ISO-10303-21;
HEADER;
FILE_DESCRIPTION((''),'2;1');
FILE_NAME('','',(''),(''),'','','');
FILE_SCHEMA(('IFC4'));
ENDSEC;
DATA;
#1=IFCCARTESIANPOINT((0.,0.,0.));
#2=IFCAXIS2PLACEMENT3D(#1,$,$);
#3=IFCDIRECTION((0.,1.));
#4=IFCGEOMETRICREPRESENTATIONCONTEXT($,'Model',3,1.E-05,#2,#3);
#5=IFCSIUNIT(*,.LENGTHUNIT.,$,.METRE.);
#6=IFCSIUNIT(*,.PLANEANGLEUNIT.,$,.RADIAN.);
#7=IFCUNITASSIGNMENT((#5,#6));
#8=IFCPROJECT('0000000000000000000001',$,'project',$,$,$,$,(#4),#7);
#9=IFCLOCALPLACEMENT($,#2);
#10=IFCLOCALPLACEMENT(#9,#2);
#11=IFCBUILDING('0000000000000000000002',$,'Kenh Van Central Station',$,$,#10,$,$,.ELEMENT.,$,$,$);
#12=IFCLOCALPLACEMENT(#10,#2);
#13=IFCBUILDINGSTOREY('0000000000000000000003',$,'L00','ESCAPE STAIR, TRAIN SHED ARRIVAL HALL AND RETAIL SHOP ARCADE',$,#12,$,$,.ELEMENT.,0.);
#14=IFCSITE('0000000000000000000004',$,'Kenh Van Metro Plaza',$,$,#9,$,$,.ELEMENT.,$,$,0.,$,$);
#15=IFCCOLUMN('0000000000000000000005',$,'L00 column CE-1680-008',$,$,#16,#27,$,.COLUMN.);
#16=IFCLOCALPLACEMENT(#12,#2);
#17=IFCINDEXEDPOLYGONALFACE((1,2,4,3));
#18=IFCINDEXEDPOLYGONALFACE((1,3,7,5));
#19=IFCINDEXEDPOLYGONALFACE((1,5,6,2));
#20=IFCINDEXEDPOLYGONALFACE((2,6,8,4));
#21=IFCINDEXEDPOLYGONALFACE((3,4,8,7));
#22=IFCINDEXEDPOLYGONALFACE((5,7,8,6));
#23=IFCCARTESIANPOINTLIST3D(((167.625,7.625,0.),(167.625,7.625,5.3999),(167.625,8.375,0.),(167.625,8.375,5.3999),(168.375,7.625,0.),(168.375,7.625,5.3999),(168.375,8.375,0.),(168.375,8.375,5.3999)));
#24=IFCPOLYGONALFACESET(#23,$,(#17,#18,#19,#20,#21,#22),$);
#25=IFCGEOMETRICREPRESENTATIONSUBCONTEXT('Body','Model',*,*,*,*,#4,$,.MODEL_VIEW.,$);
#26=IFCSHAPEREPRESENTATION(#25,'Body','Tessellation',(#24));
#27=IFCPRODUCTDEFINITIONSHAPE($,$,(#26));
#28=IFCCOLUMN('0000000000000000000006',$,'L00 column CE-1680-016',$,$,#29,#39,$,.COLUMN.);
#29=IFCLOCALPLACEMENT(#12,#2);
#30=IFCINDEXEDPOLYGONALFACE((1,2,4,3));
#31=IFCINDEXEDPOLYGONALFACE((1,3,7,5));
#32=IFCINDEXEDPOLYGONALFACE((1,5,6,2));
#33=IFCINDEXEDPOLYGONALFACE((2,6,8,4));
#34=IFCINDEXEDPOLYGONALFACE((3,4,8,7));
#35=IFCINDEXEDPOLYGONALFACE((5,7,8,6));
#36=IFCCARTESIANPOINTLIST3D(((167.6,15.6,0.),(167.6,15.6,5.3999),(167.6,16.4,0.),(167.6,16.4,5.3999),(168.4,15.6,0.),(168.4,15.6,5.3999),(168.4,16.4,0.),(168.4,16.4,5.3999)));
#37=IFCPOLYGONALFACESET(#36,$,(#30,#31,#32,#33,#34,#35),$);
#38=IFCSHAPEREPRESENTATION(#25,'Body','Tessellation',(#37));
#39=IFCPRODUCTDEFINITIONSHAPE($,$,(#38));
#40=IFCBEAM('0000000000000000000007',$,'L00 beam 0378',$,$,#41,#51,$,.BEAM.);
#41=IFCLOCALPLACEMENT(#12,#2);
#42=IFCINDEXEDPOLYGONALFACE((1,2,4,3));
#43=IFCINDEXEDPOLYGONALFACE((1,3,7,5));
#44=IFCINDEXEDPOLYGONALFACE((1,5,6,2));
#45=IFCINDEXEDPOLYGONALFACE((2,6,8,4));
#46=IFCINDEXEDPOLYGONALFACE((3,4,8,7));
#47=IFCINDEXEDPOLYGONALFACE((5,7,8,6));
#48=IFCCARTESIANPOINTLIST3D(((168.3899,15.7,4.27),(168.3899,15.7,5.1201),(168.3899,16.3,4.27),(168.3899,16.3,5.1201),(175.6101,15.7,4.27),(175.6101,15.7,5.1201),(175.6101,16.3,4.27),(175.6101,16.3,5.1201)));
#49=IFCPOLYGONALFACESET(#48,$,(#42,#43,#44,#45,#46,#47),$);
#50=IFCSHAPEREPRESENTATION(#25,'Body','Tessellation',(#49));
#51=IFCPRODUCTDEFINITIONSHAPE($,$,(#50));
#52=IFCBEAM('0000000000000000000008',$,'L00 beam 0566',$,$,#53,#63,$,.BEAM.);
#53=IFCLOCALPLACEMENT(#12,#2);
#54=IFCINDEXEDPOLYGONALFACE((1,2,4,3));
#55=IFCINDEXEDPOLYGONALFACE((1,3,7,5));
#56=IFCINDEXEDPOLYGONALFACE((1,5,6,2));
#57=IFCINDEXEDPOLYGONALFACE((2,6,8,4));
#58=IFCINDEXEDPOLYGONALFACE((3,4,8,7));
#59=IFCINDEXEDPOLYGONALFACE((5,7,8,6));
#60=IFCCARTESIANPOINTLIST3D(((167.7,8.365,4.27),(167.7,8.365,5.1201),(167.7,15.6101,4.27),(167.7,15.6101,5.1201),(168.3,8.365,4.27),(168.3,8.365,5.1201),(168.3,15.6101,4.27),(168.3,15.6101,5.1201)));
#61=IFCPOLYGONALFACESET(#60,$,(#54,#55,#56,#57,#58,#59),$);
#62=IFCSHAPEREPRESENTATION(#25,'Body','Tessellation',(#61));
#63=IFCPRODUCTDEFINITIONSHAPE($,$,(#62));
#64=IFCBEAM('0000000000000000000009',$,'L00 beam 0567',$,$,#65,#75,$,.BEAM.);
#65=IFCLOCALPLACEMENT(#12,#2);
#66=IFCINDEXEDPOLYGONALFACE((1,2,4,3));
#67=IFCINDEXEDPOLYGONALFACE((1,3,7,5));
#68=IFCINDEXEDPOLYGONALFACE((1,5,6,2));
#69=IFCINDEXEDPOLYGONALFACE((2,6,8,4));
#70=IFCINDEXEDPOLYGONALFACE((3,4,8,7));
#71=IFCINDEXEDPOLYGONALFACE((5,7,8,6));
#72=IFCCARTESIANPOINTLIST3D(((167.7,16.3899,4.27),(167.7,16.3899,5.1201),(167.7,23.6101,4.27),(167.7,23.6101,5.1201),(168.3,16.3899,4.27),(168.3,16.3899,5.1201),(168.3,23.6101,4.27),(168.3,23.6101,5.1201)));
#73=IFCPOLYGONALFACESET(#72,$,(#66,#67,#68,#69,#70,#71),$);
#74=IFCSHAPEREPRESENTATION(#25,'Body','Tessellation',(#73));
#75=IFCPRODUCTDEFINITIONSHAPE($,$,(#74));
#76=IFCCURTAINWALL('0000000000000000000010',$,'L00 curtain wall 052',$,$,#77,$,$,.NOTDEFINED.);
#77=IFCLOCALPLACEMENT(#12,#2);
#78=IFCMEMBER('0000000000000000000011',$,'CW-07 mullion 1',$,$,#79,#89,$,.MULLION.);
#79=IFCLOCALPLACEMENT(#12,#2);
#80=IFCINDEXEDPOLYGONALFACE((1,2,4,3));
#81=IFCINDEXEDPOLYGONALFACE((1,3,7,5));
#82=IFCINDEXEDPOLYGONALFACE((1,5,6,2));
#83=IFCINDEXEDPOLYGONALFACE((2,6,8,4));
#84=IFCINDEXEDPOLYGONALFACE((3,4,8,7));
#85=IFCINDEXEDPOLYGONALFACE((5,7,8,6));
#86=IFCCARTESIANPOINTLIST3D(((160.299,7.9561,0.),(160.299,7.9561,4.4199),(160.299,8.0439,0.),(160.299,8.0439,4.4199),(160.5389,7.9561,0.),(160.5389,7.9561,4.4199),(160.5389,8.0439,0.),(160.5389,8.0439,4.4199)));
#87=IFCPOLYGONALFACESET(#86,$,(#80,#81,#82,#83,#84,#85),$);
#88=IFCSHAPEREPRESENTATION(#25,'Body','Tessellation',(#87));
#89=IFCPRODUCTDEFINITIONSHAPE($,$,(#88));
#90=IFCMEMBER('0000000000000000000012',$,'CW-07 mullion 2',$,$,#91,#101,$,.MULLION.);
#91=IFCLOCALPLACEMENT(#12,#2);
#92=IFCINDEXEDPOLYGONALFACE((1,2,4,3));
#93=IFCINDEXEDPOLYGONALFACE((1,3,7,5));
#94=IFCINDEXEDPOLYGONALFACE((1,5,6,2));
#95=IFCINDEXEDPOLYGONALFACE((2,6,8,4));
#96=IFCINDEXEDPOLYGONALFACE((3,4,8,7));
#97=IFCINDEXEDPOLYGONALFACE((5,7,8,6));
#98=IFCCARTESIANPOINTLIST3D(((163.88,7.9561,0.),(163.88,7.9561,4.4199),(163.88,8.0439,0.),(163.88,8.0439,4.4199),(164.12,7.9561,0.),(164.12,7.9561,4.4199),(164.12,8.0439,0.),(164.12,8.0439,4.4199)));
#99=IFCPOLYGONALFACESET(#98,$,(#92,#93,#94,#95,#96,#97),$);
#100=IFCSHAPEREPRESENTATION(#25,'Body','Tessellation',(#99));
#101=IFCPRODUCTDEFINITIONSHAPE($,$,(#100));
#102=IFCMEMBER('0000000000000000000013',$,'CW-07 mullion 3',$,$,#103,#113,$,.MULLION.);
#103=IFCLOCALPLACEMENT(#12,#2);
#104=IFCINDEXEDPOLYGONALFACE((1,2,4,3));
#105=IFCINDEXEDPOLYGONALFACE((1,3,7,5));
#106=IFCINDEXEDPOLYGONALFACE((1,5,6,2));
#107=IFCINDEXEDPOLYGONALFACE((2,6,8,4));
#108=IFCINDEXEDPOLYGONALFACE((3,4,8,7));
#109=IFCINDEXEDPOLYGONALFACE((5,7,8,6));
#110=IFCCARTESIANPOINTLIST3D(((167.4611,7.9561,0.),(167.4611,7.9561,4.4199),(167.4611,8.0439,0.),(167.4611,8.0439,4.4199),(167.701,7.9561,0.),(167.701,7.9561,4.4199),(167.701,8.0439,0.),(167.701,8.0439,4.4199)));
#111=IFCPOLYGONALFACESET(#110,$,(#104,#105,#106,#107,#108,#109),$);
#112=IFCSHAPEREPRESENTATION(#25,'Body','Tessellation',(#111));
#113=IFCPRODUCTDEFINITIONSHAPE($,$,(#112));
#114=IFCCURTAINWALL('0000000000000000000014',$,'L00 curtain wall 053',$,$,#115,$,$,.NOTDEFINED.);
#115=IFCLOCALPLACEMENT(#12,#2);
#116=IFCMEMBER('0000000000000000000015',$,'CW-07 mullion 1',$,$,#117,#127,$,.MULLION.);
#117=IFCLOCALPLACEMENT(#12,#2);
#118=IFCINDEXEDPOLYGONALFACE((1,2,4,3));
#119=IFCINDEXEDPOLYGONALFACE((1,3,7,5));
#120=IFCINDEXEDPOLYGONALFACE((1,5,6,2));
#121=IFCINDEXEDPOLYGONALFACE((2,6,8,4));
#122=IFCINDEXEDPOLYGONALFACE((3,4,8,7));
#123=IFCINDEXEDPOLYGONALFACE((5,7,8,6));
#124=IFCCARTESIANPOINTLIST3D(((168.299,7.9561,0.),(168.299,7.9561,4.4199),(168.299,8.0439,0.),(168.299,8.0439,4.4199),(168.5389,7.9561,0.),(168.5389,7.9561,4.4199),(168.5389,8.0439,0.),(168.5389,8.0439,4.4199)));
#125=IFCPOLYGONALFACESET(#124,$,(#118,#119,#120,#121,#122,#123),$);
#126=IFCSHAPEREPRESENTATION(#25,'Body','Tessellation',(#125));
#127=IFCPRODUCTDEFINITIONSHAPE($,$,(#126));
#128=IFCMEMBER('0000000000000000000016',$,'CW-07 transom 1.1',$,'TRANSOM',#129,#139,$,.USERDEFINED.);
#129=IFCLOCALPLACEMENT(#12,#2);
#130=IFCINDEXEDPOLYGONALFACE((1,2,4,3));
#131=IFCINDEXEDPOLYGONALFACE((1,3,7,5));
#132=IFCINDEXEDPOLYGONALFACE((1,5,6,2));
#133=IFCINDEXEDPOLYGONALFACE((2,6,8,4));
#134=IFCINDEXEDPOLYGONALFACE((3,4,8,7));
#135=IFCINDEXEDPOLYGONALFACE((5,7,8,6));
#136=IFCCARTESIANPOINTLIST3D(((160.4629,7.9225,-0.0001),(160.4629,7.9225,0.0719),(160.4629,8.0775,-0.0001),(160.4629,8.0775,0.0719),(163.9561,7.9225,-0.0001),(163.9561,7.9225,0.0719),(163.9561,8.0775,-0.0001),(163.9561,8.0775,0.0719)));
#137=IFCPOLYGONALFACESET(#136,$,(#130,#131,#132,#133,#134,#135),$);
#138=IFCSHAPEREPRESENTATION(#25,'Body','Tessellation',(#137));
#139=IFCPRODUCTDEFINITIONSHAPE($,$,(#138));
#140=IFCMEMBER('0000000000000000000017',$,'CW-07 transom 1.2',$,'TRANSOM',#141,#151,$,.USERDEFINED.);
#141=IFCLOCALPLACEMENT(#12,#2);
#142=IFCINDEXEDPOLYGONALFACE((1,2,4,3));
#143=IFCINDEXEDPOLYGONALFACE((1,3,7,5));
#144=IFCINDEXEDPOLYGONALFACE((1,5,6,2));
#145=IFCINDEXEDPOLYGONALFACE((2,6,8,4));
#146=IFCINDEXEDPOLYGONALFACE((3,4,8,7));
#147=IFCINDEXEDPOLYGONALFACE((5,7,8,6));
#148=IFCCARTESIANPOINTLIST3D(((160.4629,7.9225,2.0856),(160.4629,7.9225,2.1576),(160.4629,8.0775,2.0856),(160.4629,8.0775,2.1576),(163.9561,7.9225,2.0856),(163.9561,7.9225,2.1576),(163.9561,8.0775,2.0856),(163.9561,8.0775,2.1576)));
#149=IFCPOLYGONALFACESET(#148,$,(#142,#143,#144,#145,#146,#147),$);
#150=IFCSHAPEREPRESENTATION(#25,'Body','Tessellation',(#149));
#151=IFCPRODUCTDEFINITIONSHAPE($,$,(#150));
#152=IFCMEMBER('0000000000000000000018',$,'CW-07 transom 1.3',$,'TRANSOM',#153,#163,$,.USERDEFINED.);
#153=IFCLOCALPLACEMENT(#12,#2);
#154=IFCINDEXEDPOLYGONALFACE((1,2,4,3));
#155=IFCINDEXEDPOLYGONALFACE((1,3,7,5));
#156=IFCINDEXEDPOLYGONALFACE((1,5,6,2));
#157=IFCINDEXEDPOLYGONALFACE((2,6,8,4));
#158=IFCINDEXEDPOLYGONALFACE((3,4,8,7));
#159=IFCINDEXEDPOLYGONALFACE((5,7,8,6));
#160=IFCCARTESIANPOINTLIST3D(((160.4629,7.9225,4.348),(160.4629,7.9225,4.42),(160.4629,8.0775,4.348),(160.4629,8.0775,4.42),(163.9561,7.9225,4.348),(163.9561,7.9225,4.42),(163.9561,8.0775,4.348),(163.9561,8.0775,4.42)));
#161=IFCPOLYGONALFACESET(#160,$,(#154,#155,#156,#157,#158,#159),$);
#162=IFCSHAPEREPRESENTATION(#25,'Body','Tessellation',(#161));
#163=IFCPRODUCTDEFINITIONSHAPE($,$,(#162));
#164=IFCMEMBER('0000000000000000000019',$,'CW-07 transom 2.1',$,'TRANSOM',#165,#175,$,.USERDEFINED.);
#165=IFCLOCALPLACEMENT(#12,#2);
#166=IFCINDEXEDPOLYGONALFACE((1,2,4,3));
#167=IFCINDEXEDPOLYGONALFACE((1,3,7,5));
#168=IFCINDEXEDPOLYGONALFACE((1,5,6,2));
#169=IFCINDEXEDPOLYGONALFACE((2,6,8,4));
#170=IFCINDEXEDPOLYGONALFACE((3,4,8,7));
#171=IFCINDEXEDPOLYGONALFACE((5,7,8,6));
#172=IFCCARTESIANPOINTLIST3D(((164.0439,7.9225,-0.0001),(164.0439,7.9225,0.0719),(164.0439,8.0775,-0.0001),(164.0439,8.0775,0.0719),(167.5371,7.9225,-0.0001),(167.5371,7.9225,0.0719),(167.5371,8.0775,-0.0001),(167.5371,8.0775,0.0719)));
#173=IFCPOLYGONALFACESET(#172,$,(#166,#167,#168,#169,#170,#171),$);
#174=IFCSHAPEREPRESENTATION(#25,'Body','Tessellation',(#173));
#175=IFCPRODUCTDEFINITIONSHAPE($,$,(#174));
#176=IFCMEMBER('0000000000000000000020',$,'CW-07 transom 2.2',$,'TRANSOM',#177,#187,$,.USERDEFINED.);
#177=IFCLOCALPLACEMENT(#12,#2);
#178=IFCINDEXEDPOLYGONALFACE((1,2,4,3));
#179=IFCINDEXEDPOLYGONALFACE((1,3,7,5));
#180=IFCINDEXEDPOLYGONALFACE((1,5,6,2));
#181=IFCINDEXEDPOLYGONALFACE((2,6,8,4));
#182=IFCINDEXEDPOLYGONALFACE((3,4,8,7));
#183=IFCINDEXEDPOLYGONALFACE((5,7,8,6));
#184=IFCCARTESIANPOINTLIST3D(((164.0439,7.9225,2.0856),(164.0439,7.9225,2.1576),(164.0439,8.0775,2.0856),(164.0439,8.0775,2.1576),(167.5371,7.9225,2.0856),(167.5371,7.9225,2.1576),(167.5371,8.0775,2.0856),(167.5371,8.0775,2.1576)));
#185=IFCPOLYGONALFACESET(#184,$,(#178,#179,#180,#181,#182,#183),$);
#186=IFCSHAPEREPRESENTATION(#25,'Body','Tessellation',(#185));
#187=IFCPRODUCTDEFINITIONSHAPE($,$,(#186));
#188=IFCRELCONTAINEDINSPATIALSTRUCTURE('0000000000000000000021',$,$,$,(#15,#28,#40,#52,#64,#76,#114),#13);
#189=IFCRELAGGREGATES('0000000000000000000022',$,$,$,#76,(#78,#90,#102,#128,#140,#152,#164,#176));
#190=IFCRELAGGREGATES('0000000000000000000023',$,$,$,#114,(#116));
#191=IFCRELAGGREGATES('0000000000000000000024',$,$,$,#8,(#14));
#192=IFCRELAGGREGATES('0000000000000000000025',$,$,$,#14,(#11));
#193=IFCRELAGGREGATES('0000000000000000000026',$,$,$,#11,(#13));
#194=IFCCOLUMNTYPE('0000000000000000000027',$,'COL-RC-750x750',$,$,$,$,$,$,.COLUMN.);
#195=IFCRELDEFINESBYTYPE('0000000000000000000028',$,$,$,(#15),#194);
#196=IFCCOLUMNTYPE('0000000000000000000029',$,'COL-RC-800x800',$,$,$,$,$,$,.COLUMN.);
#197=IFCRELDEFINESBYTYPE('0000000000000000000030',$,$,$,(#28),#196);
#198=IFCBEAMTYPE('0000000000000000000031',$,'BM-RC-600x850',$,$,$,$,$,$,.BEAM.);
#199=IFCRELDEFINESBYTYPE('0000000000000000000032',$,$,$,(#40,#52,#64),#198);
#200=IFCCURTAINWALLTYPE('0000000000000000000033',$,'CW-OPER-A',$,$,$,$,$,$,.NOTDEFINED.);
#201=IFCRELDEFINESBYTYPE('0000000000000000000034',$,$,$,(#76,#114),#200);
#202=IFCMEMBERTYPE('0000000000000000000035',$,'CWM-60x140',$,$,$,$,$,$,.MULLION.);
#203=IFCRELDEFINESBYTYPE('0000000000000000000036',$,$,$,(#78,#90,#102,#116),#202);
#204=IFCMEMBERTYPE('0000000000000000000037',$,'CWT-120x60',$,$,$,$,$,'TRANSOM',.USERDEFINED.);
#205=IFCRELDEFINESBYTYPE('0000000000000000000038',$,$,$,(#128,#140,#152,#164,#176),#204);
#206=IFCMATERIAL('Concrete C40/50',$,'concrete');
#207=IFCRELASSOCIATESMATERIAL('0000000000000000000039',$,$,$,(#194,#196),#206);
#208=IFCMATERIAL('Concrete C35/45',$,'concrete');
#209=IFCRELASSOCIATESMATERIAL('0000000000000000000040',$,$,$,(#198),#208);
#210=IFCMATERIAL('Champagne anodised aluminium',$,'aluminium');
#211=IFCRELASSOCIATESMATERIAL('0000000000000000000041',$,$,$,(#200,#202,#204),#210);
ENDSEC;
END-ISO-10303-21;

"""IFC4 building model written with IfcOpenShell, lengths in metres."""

from ifc_helpers import new_model, si_unit, direction, frame, origin, origin_2d, place, context, subcontext, project, spatial, rectangle, extrude, material, material_profile, profile_set, type_object, element, aggregate, save


model = new_model("IFC4")

# Units and contexts
model_context = context("Model", 3, precision=1e-05, world=origin(), true_north=direction((0.0, 1.0)))
body_context = subcontext(model_context, "Body", "Model", "MODEL_VIEW")
ifc_project = project(units=[si_unit("LENGTHUNIT", "METRE"), si_unit("PLANEANGLEUNIT", "RADIAN")], contexts=[model_context])

# Site, building, storey
site_placement = place(None, origin())
site = spatial("IfcSite", under=ifc_project, at=site_placement, Name="Kenh Van Metro Plaza", CompositionType="ELEMENT", RefElevation=0.0)
building_placement = place(site_placement, origin())
building = spatial("IfcBuilding", under=site, at=building_placement, Name="Kenh Van Central Station", CompositionType="ELEMENT")
storey_placement = place(building_placement, origin())
storey = spatial("IfcBuildingStorey", under=building, at=storey_placement, Name="L00", Description="ESCAPE STAIR, TRAIN SHED ARRIVAL HALL AND RETAIL SHOP ARCADE", CompositionType="ELEMENT", Elevation=0.0)

# Columns
ifc_material_1 = material(Name="Concrete C40/50", Category="concrete")
ifc_material_profile_1 = material_profile(ifc_material_1, rectangle(XDim=0.75, YDim=0.75, at=origin_2d()), Name="RC 750x750")
ifc_profile_set_1 = profile_set([ifc_material_profile_1], Name="Concrete C40/50")
column_type_1 = type_object("IfcColumnType", Name="COL-RC-750x750", PredefinedType="COLUMN", material=ifc_profile_set_1)
column_1_placement = place(storey_placement, frame((168.0, 8.0, 0.0), z_axis=(0.0, 0.0, 1.0), x_axis=(1.0, 0.0, 0.0)))
element("IfcColumn", 1, at=column_1_placement, inside=storey, type_object=column_type_1, Name="L00 column CE-1680-008", PredefinedType="COLUMN", context=body_context, shape_type="SweptSolid", body=[
    extrude(rectangle(XDim=0.75, YDim=0.75, at=origin_2d()), origin(), (0.0, 0.0, 1.0), 5.3999),
])
ifc_material_profile_2 = material_profile(ifc_material_1, rectangle(XDim=0.8, YDim=0.8, at=origin_2d()), Name="RC 800x800")
ifc_profile_set_2 = profile_set([ifc_material_profile_2], Name="Concrete C40/50")
column_type_2 = type_object("IfcColumnType", Name="COL-RC-800x800", PredefinedType="COLUMN", material=ifc_profile_set_2)
column_2_placement = place(storey_placement, frame((168.0, 16.0, 0.0), z_axis=(0.0, 0.0, 1.0), x_axis=(1.0, 0.0, 0.0)))
element("IfcColumn", 2, at=column_2_placement, inside=storey, type_object=column_type_2, Name="L00 column CE-1680-016", PredefinedType="COLUMN", context=body_context, shape_type="SweptSolid", body=[
    extrude(rectangle(XDim=0.8, YDim=0.8, at=origin_2d()), origin(), (0.0, 0.0, 1.0), 5.3999),
])

# Beams
ifc_material_2 = material(Name="Concrete C35/45", Category="concrete")
ifc_material_profile_3 = material_profile(ifc_material_2, rectangle(XDim=0.6001, YDim=0.8501, at=origin_2d()), Name="RC 600x850")
ifc_profile_set_3 = profile_set([ifc_material_profile_3], Name="Concrete C35/45")
beam_type_1 = type_object("IfcBeamType", Name="BM-RC-600x850", PredefinedType="BEAM", material=ifc_profile_set_3)
beam_1_placement = place(storey_placement, frame((168.3899, 16.0, 4.6951), z_axis=(1.0, 0.0, 0.0), x_axis=(0.0, 1.0, 0.0)))
element("IfcBeam", 3, at=beam_1_placement, inside=storey, type_object=beam_type_1, Name="L00 beam 0378", PredefinedType="BEAM", context=body_context, shape_type="SweptSolid", body=[
    extrude(rectangle(XDim=0.6001, YDim=0.8501, at=origin_2d()), origin(), (0.0, 0.0, 1.0), 7.2202),
])
beam_2_placement = place(storey_placement, frame((168.0, 8.365, 4.6951), z_axis=(0.0, 1.0, 0.0), x_axis=(-1.0, 0.0, 0.0)))
element("IfcBeam", 4, at=beam_2_placement, inside=storey, type_object=beam_type_1, Name="L00 beam 0566", PredefinedType="BEAM", context=body_context, shape_type="SweptSolid", body=[
    extrude(rectangle(XDim=0.6001, YDim=0.8501, at=origin_2d()), origin(), (0.0, 0.0, 1.0), 7.2451),
])
beam_3_placement = place(storey_placement, frame((168.0, 16.3899, 4.6951), z_axis=(0.0, 1.0, 0.0), x_axis=(-1.0, 0.0, 0.0)))
element("IfcBeam", 5, at=beam_3_placement, inside=storey, type_object=beam_type_1, Name="L00 beam 0567", PredefinedType="BEAM", context=body_context, shape_type="SweptSolid", body=[
    extrude(rectangle(XDim=0.6001, YDim=0.8501, at=origin_2d()), origin(), (0.0, 0.0, 1.0), 7.2202),
])

# Curtain wall, members
ifc_material_3 = material(Name="Champagne anodised aluminium", Category="aluminium")
curtain_wall_type = type_object("IfcCurtainWallType", Name="CW-OPER-A", PredefinedType="NOTDEFINED", material=ifc_material_3)
curtain_wall_1_placement = place(storey_placement, origin())
curtain_wall_1 = element("IfcCurtainWall", 6, at=curtain_wall_1_placement, inside=storey, type_object=curtain_wall_type, Name="L00 curtain wall 052", PredefinedType="NOTDEFINED")
ifc_material_profile_4 = material_profile(ifc_material_3, rectangle(XDim=0.0879, YDim=0.24, at=origin_2d()), Name="AL 88x240")
ifc_profile_set_4 = profile_set([ifc_material_profile_4], Name="Champagne anodised aluminium")
member_type_1 = type_object("IfcMemberType", Name="CWM-60x140", PredefinedType="MULLION", material=ifc_profile_set_4)
member_1_placement = place(storey_placement, frame((160.4189, 8.0, 0.0), z_axis=(0.0, 0.0, 1.0), x_axis=(0.0, 1.0, 0.0)))
member_1 = element("IfcMember", 7, at=member_1_placement, type_object=member_type_1, Name="CW-07 mullion 1", PredefinedType="MULLION", context=body_context, shape_type="SweptSolid", body=[
    extrude(rectangle(XDim=0.0879, YDim=0.24, at=origin_2d()), origin(), (0.0, 0.0, 1.0), 4.4199),
])
member_2_placement = place(storey_placement, frame((164.0, 8.0, 0.0), z_axis=(0.0, 0.0, 1.0), x_axis=(0.0, 1.0, 0.0)))
member_2 = element("IfcMember", 8, at=member_2_placement, type_object=member_type_1, Name="CW-07 mullion 2", PredefinedType="MULLION", context=body_context, shape_type="SweptSolid", body=[
    extrude(rectangle(XDim=0.0879, YDim=0.24, at=origin_2d()), origin(), (0.0, 0.0, 1.0), 4.4199),
])
member_3_placement = place(storey_placement, frame((167.5811, 8.0, 0.0), z_axis=(0.0, 0.0, 1.0), x_axis=(0.0, 1.0, 0.0)))
member_3 = element("IfcMember", 9, at=member_3_placement, type_object=member_type_1, Name="CW-07 mullion 3", PredefinedType="MULLION", context=body_context, shape_type="SweptSolid", body=[
    extrude(rectangle(XDim=0.0879, YDim=0.24, at=origin_2d()), origin(), (0.0, 0.0, 1.0), 4.4199),
])

# Curtain wall, member
curtain_wall_2_placement = place(storey_placement, origin())
curtain_wall_2 = element("IfcCurtainWall", 10, at=curtain_wall_2_placement, inside=storey, type_object=curtain_wall_type, Name="L00 curtain wall 053", PredefinedType="NOTDEFINED")
member_4_placement = place(storey_placement, frame((168.4189, 8.0, 0.0), z_axis=(0.0, 0.0, 1.0), x_axis=(0.0, 1.0, 0.0)))
member_4 = element("IfcMember", 11, at=member_4_placement, type_object=member_type_1, Name="CW-07 mullion 1", PredefinedType="MULLION", context=body_context, shape_type="SweptSolid", body=[
    extrude(rectangle(XDim=0.0879, YDim=0.24, at=origin_2d()), origin(), (0.0, 0.0, 1.0), 4.4199),
])

# Members
ifc_material_profile_5 = material_profile(ifc_material_3, rectangle(XDim=0.155, YDim=0.072, at=origin_2d()), Name="AL 155x72")
ifc_profile_set_5 = profile_set([ifc_material_profile_5], Name="Champagne anodised aluminium")
member_type_2 = type_object("IfcMemberType", Name="CWT-120x60", ElementType="TRANSOM", PredefinedType="USERDEFINED", material=ifc_profile_set_5)
member_5_placement = place(storey_placement, frame((160.4629, 8.0, 0.0359), z_axis=(1.0, 0.0, 0.0), x_axis=(0.0, 1.0, 0.0)))
member_5 = element("IfcMember", 12, at=member_5_placement, type_object=member_type_2, Name="CW-07 transom 1.1", ObjectType="TRANSOM", PredefinedType="USERDEFINED", context=body_context, shape_type="SweptSolid", body=[
    extrude(rectangle(XDim=0.155, YDim=0.072, at=origin_2d()), origin(), (0.0, 0.0, 1.0), 3.4932),
])
member_6_placement = place(storey_placement, frame((160.4629, 8.0, 2.1216), z_axis=(1.0, 0.0, 0.0), x_axis=(0.0, 1.0, 0.0)))
member_6 = element("IfcMember", 13, at=member_6_placement, type_object=member_type_2, Name="CW-07 transom 1.2", ObjectType="TRANSOM", PredefinedType="USERDEFINED", context=body_context, shape_type="SweptSolid", body=[
    extrude(rectangle(XDim=0.155, YDim=0.072, at=origin_2d()), origin(), (0.0, 0.0, 1.0), 3.4932),
])
member_7_placement = place(storey_placement, frame((160.4629, 8.0, 4.384), z_axis=(1.0, 0.0, 0.0), x_axis=(0.0, 1.0, 0.0)))
member_7 = element("IfcMember", 14, at=member_7_placement, type_object=member_type_2, Name="CW-07 transom 1.3", ObjectType="TRANSOM", PredefinedType="USERDEFINED", context=body_context, shape_type="SweptSolid", body=[
    extrude(rectangle(XDim=0.155, YDim=0.072, at=origin_2d()), origin(), (0.0, 0.0, 1.0), 3.4932),
])
member_8_placement = place(storey_placement, frame((164.0439, 8.0, 0.0359), z_axis=(1.0, 0.0, 0.0), x_axis=(0.0, 1.0, 0.0)))
member_8 = element("IfcMember", 15, at=member_8_placement, type_object=member_type_2, Name="CW-07 transom 2.1", ObjectType="TRANSOM", PredefinedType="USERDEFINED", context=body_context, shape_type="SweptSolid", body=[
    extrude(rectangle(XDim=0.155, YDim=0.072, at=origin_2d()), origin(), (0.0, 0.0, 1.0), 3.4932),
])
member_9_placement = place(storey_placement, frame((164.0439, 8.0, 2.1216), z_axis=(1.0, 0.0, 0.0), x_axis=(0.0, 1.0, 0.0)))
member_9 = element("IfcMember", 16, at=member_9_placement, type_object=member_type_2, Name="CW-07 transom 2.2", ObjectType="TRANSOM", PredefinedType="USERDEFINED", context=body_context, shape_type="SweptSolid", body=[
    extrude(rectangle(XDim=0.155, YDim=0.072, at=origin_2d()), origin(), (0.0, 0.0, 1.0), 3.4932),
])

aggregate(curtain_wall_1, [member_1, member_2, member_3, member_5, member_6, member_7, member_8, member_9])
aggregate(curtain_wall_2, [member_4])

save(model, "model.ifc")
